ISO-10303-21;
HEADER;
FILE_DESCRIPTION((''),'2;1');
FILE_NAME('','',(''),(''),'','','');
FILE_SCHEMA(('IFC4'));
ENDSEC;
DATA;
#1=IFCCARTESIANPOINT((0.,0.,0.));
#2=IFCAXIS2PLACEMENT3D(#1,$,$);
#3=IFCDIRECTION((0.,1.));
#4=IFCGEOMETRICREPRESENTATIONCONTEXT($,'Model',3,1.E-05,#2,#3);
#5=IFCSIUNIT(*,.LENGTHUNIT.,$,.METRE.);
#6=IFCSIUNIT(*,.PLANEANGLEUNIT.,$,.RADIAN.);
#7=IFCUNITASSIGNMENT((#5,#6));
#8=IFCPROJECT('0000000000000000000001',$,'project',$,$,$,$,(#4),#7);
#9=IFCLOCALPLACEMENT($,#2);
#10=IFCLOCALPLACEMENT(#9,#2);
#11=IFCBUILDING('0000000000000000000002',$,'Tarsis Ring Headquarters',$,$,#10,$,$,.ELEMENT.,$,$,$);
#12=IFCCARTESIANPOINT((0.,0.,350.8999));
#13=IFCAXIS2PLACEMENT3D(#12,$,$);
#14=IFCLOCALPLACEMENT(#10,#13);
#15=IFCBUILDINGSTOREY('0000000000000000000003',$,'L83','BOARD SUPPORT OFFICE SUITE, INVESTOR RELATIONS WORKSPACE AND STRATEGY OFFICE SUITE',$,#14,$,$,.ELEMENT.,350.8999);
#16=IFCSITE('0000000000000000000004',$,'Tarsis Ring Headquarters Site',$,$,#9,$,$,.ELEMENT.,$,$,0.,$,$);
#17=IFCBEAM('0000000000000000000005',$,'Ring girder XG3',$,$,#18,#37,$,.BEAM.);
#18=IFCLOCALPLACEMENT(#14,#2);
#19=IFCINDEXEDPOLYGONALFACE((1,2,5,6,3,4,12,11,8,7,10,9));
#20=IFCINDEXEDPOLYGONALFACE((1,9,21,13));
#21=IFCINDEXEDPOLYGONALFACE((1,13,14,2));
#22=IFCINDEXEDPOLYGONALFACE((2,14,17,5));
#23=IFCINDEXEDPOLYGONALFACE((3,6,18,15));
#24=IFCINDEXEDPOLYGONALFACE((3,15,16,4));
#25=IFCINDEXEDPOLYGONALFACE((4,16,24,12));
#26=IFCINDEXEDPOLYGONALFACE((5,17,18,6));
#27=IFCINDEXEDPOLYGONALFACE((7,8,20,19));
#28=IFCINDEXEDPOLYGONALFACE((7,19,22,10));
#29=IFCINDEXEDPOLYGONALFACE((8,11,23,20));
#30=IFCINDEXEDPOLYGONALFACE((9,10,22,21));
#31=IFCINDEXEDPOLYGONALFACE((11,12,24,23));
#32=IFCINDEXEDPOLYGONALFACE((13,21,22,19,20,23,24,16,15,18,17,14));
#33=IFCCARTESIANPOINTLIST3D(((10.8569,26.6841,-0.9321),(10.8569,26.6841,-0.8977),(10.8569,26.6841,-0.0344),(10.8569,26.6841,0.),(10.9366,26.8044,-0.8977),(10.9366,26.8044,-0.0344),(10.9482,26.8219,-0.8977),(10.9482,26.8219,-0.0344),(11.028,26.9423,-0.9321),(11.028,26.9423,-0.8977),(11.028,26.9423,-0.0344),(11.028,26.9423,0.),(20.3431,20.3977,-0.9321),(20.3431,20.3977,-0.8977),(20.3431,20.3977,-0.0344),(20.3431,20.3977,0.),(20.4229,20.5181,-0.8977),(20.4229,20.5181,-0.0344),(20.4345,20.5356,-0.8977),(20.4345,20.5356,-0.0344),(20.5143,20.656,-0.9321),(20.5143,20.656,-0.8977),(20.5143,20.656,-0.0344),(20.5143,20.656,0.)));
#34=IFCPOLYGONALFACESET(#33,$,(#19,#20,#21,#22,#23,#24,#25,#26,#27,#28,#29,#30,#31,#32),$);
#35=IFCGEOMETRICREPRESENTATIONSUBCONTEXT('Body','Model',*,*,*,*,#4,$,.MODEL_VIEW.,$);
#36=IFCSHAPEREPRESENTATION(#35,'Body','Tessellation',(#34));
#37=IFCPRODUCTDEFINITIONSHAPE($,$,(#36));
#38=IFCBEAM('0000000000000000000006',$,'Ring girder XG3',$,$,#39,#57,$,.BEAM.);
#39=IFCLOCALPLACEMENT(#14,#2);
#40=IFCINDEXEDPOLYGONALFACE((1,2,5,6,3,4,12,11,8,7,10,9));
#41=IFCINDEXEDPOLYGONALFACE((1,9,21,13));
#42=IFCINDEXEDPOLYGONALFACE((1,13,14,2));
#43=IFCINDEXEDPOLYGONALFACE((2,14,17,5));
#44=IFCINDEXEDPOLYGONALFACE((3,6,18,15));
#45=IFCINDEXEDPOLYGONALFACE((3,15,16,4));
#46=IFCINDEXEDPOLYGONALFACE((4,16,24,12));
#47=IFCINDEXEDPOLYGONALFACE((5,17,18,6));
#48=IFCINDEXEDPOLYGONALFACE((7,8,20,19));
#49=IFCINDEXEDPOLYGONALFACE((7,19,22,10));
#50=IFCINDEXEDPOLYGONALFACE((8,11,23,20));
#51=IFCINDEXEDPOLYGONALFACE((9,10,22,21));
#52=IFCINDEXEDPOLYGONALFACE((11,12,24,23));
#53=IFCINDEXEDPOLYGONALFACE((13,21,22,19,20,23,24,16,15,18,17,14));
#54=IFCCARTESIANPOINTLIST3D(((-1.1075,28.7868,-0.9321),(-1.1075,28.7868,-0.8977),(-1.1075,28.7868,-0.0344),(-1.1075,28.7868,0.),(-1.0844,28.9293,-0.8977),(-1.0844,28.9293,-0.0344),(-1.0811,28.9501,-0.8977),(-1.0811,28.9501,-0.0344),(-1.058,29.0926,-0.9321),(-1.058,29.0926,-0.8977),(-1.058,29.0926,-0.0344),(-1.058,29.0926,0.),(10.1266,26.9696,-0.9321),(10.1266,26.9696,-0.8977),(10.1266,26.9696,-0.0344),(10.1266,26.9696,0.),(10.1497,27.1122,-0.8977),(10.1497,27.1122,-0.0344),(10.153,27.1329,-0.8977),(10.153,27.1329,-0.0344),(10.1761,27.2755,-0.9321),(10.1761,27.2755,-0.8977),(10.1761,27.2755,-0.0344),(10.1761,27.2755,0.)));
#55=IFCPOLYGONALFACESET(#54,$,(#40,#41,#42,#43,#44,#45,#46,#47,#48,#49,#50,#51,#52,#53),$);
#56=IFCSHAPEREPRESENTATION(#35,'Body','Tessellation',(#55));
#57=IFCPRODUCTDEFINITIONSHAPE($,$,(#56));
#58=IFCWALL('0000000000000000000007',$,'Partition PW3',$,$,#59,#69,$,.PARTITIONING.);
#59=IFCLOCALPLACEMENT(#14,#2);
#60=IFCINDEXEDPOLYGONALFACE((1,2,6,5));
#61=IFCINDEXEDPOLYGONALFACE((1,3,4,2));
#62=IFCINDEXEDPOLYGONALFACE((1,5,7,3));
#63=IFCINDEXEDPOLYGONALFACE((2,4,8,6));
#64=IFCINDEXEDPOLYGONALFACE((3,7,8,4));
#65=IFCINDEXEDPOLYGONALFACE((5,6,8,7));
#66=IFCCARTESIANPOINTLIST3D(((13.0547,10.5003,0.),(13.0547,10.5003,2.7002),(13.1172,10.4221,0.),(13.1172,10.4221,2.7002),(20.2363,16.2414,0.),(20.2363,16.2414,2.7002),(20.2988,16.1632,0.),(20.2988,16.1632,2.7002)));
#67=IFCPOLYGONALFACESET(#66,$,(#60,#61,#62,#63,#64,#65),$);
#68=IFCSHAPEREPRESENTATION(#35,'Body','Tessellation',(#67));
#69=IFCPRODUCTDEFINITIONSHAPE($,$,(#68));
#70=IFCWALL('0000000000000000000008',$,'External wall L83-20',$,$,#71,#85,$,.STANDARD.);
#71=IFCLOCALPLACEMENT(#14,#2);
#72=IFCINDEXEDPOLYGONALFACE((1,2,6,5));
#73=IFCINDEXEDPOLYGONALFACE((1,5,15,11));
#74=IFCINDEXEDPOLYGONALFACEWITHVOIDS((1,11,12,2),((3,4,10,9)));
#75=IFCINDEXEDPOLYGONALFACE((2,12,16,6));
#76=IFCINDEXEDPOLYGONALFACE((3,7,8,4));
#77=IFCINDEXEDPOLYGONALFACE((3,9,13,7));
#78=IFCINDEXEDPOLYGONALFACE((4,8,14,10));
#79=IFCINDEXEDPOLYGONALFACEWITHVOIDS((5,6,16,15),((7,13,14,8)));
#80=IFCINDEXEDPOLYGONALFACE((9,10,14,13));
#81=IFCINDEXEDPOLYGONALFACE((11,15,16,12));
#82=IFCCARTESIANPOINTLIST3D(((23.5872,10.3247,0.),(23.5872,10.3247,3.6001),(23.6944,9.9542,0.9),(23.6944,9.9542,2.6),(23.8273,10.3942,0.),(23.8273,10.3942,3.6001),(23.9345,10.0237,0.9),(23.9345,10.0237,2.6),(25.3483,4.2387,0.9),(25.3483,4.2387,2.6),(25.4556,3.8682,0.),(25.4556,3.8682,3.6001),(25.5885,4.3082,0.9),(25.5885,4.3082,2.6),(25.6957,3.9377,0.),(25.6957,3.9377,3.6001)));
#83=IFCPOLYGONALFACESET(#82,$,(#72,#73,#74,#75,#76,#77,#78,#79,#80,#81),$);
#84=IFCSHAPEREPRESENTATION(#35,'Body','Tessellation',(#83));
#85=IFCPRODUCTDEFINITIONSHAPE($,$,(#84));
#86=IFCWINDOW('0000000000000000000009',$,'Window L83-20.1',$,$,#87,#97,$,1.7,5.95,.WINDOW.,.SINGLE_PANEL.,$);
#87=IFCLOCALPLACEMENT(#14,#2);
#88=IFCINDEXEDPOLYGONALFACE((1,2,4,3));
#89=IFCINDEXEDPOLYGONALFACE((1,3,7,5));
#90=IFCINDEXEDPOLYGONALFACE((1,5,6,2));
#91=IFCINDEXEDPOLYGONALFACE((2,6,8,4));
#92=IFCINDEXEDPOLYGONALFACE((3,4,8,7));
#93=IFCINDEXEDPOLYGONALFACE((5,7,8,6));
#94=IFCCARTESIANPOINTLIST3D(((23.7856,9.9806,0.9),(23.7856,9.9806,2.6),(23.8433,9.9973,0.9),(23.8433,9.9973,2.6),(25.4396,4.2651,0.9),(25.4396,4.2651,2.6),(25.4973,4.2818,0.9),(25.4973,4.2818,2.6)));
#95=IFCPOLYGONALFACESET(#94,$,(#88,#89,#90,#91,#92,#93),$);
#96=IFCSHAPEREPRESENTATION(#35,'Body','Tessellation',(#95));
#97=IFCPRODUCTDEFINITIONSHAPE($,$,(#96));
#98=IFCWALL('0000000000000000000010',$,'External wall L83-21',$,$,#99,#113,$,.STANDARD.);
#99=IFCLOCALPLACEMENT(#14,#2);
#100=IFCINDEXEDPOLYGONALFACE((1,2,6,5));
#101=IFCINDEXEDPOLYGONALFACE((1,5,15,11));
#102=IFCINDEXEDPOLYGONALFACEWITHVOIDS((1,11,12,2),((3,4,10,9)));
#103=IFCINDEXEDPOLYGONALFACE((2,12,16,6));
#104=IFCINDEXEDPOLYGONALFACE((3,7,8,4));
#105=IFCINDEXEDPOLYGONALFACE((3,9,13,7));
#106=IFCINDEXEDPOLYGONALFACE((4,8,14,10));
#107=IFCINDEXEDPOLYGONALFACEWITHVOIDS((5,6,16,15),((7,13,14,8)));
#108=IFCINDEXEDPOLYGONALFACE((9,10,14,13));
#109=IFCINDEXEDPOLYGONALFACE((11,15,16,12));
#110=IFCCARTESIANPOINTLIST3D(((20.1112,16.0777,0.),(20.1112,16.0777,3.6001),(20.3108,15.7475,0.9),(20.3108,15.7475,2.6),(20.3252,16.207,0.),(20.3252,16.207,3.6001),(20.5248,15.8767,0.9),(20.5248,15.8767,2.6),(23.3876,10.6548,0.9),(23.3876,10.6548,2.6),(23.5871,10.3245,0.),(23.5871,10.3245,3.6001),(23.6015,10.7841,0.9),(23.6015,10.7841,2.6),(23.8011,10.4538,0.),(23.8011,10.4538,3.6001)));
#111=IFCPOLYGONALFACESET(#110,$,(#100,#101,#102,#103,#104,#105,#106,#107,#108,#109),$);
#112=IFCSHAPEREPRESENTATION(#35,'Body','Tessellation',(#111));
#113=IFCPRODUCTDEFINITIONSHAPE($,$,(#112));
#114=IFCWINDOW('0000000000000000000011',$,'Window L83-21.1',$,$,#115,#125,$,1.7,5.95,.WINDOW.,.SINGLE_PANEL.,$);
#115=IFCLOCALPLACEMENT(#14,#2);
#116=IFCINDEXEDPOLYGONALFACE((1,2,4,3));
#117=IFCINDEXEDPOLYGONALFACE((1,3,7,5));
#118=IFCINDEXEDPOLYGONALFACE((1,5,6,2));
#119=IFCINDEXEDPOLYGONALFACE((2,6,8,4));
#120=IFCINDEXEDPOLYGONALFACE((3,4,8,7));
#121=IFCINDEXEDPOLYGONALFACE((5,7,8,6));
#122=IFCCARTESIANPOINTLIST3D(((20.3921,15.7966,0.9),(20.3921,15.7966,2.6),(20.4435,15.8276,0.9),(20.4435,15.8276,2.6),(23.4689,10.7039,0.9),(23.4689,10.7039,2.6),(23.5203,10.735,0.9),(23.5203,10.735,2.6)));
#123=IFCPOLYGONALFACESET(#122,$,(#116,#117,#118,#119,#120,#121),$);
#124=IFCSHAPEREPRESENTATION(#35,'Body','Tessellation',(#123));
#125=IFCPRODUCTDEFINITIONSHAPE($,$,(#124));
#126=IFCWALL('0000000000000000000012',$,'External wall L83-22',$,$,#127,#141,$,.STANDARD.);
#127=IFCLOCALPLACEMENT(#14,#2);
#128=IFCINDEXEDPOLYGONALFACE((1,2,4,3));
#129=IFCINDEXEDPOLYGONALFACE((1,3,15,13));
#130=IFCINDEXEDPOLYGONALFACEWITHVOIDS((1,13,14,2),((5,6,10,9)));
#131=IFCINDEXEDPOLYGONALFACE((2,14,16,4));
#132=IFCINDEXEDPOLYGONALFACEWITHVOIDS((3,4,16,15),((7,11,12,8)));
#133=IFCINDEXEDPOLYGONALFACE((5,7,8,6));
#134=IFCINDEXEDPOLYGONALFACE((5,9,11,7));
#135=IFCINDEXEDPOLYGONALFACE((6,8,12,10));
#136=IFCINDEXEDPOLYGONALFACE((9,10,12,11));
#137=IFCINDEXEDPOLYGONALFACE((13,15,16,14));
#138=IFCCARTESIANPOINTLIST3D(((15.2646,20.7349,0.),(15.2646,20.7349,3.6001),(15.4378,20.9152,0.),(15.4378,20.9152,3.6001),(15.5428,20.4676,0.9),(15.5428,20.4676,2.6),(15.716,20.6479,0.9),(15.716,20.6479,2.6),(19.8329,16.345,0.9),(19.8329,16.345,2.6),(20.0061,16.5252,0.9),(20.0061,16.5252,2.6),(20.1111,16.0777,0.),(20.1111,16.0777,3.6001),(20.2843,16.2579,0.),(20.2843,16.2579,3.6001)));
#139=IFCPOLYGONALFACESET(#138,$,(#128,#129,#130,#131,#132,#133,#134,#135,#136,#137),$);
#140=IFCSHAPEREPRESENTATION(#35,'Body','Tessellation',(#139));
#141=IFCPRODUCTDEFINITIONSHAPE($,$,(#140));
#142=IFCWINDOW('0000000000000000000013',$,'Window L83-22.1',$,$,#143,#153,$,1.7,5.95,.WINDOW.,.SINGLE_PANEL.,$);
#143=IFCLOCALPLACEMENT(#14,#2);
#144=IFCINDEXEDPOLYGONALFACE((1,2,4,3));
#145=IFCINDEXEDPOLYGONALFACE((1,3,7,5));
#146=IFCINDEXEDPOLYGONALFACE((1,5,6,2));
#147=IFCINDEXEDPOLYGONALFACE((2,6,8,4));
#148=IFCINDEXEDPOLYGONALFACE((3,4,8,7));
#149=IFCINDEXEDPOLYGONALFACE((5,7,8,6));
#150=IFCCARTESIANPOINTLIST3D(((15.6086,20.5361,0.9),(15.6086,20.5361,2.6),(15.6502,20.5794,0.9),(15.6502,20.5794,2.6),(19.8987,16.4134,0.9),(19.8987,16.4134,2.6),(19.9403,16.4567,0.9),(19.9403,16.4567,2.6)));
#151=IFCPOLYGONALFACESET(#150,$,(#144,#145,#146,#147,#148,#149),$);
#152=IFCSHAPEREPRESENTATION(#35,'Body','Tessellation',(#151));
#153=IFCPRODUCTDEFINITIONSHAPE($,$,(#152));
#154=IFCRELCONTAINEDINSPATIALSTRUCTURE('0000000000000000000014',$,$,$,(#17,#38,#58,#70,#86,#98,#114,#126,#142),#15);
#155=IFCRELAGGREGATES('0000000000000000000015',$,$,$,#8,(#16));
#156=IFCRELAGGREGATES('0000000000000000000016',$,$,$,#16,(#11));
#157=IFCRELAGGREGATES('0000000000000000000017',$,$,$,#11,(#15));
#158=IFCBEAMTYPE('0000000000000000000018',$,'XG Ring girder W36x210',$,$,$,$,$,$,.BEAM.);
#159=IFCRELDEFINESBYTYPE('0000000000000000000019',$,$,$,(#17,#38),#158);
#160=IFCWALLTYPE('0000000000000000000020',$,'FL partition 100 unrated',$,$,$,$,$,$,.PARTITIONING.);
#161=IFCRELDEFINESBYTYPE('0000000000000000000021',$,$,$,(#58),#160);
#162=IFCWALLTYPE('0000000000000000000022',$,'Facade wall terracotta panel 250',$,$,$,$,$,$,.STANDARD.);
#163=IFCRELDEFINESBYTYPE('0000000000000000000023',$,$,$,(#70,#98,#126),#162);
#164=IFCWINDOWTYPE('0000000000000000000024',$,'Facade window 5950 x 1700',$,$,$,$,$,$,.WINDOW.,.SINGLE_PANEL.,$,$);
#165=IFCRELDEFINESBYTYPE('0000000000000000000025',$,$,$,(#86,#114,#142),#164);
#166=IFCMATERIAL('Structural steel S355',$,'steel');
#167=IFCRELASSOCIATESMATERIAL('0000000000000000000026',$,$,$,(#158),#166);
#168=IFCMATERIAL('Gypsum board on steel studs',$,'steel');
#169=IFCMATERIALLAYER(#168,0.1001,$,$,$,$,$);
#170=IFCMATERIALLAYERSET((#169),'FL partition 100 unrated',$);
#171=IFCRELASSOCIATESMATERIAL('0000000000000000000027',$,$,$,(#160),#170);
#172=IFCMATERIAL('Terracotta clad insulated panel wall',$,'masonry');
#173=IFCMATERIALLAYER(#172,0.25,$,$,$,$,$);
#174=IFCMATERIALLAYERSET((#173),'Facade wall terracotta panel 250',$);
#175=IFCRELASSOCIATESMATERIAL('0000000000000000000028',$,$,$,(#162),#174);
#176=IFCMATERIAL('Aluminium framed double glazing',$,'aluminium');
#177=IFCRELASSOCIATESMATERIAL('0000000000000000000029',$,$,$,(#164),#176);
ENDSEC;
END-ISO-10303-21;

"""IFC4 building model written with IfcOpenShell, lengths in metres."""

from ifc_helpers import new_model, si_unit, direction, frame, frame_2d, origin, origin_2d, place, context, subcontext, project, spatial, rectangle, i_section, extrude, material, layer, layer_set, material_profile, profile_set, type_object, element, fill, save


model = new_model("IFC4")

# Units and contexts
model_context = context("Model", 3, precision=1e-05, world=origin(), true_north=direction((0.0, 1.0)))
body_context = subcontext(model_context, "Body", "Model", "MODEL_VIEW")
ifc_project = project(units=[si_unit("LENGTHUNIT", "METRE"), si_unit("PLANEANGLEUNIT", "RADIAN")], contexts=[model_context])

# Site, building, storey
site_placement = place(None, origin())
site = spatial("IfcSite", under=ifc_project, at=site_placement, Name="Tarsis Ring Headquarters Site", CompositionType="ELEMENT", RefElevation=0.0)
building_placement = place(site_placement, origin())
building = spatial("IfcBuilding", under=site, at=building_placement, Name="Tarsis Ring Headquarters", CompositionType="ELEMENT")
storey_placement = place(building_placement, frame((0.0, 0.0, 350.8999)))
storey = spatial("IfcBuildingStorey", under=building, at=storey_placement, Name="L83", Description="BOARD SUPPORT OFFICE SUITE, INVESTOR RELATIONS WORKSPACE AND STRATEGY OFFICE SUITE", CompositionType="ELEMENT", Elevation=350.8999)

# Shared definitions
ifc_material_1 = material(Name="Structural steel S355", Category="steel")

# Beams
ifc_material_profile_1 = material_profile(ifc_material_1, i_section(OverallWidth=0.3098, OverallDepth=0.9321, WebThickness=0.021, FlangeThickness=0.0344, at=origin_2d()), Name="W36x210")
ifc_profile_set_1 = profile_set([ifc_material_profile_1], Name="Structural steel S355")
beam_type_1 = type_object("IfcBeamType", Name="XG Ring girder W36x210", PredefinedType="BEAM", material=ifc_profile_set_1)
for number, where, z_axis, x_axis, name in (
    (1, (20.4287, 20.5269, -0.4661), (-0.833582, 0.552396, 0.0), (-0.552396, -0.833582, 0.0), "Ring girder XG3"),
    (2, (10.1514, 27.1226, -0.4661), (-0.987169, 0.159676, 0.0), (-0.159676, -0.987169, 0.0), "Ring girder XG3"),
):
    element("IfcBeam", number, at=place(storey_placement, frame(where, z_axis=z_axis, x_axis=x_axis)), inside=storey, type_object=beam_type_1, Name=name, PredefinedType="BEAM", context=body_context, shape_type="SweptSolid", body=[
        extrude(i_section(OverallWidth=0.3098, OverallDepth=0.9321, WebThickness=0.021, FlangeThickness=0.0344, at=origin_2d()), origin(), (0.0, 0.0, 1.0), 11.3801),
    ])

# Wall
ifc_material_2 = material(Name="Gypsum board on steel studs", Category="steel")
ifc_layer_1 = layer(ifc_material_2, 0.1001)
ifc_layer_set_1 = layer_set([ifc_layer_1], Name="FL partition 100 unrated")
wall_type_1 = type_object("IfcWallType", Name="FL partition 100 unrated", PredefinedType="PARTITIONING", material=ifc_layer_set_1)
wall_1_placement = place(storey_placement, frame((13.0859, 10.4612, 0.0), z_axis=(0.0, 0.0, 1.0), x_axis=(0.781086, 0.624423, 0.0)))
element("IfcWall", 3, at=wall_1_placement, inside=storey, type_object=wall_type_1, Name="Partition PW3", PredefinedType="PARTITIONING", context=body_context, shape_type="SweptSolid", body=[
    extrude(rectangle(XDim=9.1943, YDim=0.1001, at=frame_2d((4.5972, 0.0))), origin(), (0.0, 0.0, 1.0), 2.7002),
])

# Walls, openings, windows
ifc_material_3 = material(Name="Terracotta clad insulated panel wall", Category="masonry")
ifc_layer_2 = layer(ifc_material_3, 0.25)
ifc_layer_set_2 = layer_set([ifc_layer_2], Name="Facade wall terracotta panel 250")
wall_type_2 = type_object("IfcWallType", Name="Facade wall terracotta panel 250", PredefinedType="STANDARD", material=ifc_layer_set_2)
wall_2_placement = place(storey_placement, frame((25.5757, 3.9028, 0.0), z_axis=(0.0, 0.0, 1.0), x_axis=(-0.277977, 0.960588, 0.0)))
wall_2 = element("IfcWall", 4, at=wall_2_placement, inside=storey, type_object=wall_type_2, Name="External wall L83-20", PredefinedType="STANDARD", context=body_context, shape_type="SweptSolid", body=[
    extrude(rectangle(XDim=6.7214, YDim=0.25, at=frame_2d((3.3608, 0.0))), origin(), (0.0, 0.0, 1.0), 3.6001),
])
opening_1_placement = place(wall_2_placement, frame((0.3857, 0.0, 0.8999)))
opening_1 = element("IfcOpeningElement", 5, at=opening_1_placement, cuts=wall_2, PredefinedType="OPENING", context=body_context, shape_type="SweptSolid", body=[
    extrude(rectangle(XDim=5.95, YDim=1.7, at=frame_2d((2.9751, 0.8501))), frame((0.0, 0.135, 0.0), z_axis=(0.0, -1.0, 0.0), x_axis=(1.0, 0.0, 0.0)), (0.0, 0.0, 1.0), 0.27),
])
ifc_material_4 = material(Name="Aluminium framed double glazing", Category="aluminium")
window_type = type_object("IfcWindowType", Name="Facade window 5950 x 1700", PartitioningType="SINGLE_PANEL", PredefinedType="WINDOW", material=ifc_material_4)
window_1_placement = place(opening_1_placement, origin())
window_1 = element("IfcWindow", 6, at=window_1_placement, inside=storey, type_object=window_type, Name="Window L83-20.1", OverallHeight=1.7, OverallWidth=5.95, PartitioningType="SINGLE_PANEL", PredefinedType="WINDOW", context=body_context, shape_type="SweptSolid", body=[
    extrude(rectangle(XDim=5.95, YDim=1.7, at=frame_2d((2.9751, 0.8501))), frame((0.0, 0.03, 0.0), z_axis=(0.0, -1.0, 0.0), x_axis=(1.0, 0.0, 0.0)), (0.0, 0.0, 1.0), 0.0601),
])
fill(opening_1, window_1)
wall_3_placement = place(storey_placement, frame((23.6941, 10.3892, 0.0), z_axis=(0.0, 0.0, 1.0), x_axis=(-0.517111, 0.855919, 0.0)))
wall_3 = element("IfcWall", 7, at=wall_3_placement, inside=storey, type_object=wall_type_2, Name="External wall L83-21", PredefinedType="STANDARD", context=body_context, shape_type="SweptSolid", body=[
    extrude(rectangle(XDim=6.7217, YDim=0.25, at=frame_2d((3.3608, 0.0))), origin(), (0.0, 0.0, 1.0), 3.6001),
])
opening_2_placement = place(wall_3_placement, frame((0.3857, 0.0, 0.8999)))
opening_2 = element("IfcOpeningElement", 8, at=opening_2_placement, cuts=wall_3, PredefinedType="OPENING", context=body_context, shape_type="SweptSolid", body=[
    extrude(rectangle(XDim=5.95, YDim=1.7, at=frame_2d((2.9751, 0.8501))), frame((0.0, 0.135, 0.0), z_axis=(0.0, -1.0, 0.0), x_axis=(1.0, 0.0, 0.0)), (0.0, 0.0, 1.0), 0.27),
])
window_2_placement = place(opening_2_placement, origin())
window_2 = element("IfcWindow", 9, at=window_2_placement, inside=storey, type_object=window_type, Name="Window L83-21.1", OverallHeight=1.7, OverallWidth=5.95, PartitioningType="SINGLE_PANEL", PredefinedType="WINDOW", context=body_context, shape_type="SweptSolid", body=[
    extrude(rectangle(XDim=5.95, YDim=1.7, at=frame_2d((2.9751, 0.8501))), frame((0.0, 0.03, 0.0), z_axis=(0.0, -1.0, 0.0), x_axis=(1.0, 0.0, 0.0)), (0.0, 0.0, 1.0), 0.0601),
])
fill(opening_2, window_2)
wall_4_placement = place(storey_placement, frame((20.1978, 16.1677, 0.0), z_axis=(0.0, 0.0, 1.0), x_axis=(-0.721042, 0.692892, 0.0)))
wall_4 = element("IfcWall", 10, at=wall_4_placement, inside=storey, type_object=wall_type_2, Name="External wall L83-22", PredefinedType="STANDARD", context=body_context, shape_type="SweptSolid", body=[
    extrude(rectangle(XDim=6.7214, YDim=0.25, at=frame_2d((3.3608, 0.0))), origin(), (0.0, 0.0, 1.0), 3.6001),
])
opening_3_placement = place(wall_4_placement, frame((0.3857, 0.0, 0.8999)))
opening_3 = element("IfcOpeningElement", 11, at=opening_3_placement, cuts=wall_4, PredefinedType="OPENING", context=body_context, shape_type="SweptSolid", body=[
    extrude(rectangle(XDim=5.95, YDim=1.7, at=frame_2d((2.9751, 0.8501))), frame((0.0, 0.135, 0.0), z_axis=(0.0, -1.0, 0.0), x_axis=(1.0, 0.0, 0.0)), (0.0, 0.0, 1.0), 0.27),
])
window_3_placement = place(opening_3_placement, origin())
window_3 = element("IfcWindow", 12, at=window_3_placement, inside=storey, type_object=window_type, Name="Window L83-22.1", OverallHeight=1.7, OverallWidth=5.95, PartitioningType="SINGLE_PANEL", PredefinedType="WINDOW", context=body_context, shape_type="SweptSolid", body=[
    extrude(rectangle(XDim=5.95, YDim=1.7, at=frame_2d((2.9751, 0.8501))), frame((0.0, 0.03, 0.0), z_axis=(0.0, -1.0, 0.0), x_axis=(1.0, 0.0, 0.0)), (0.0, 0.0, 1.0), 0.0601),
])
fill(opening_3, window_3)

save(model, "model.ifc")
